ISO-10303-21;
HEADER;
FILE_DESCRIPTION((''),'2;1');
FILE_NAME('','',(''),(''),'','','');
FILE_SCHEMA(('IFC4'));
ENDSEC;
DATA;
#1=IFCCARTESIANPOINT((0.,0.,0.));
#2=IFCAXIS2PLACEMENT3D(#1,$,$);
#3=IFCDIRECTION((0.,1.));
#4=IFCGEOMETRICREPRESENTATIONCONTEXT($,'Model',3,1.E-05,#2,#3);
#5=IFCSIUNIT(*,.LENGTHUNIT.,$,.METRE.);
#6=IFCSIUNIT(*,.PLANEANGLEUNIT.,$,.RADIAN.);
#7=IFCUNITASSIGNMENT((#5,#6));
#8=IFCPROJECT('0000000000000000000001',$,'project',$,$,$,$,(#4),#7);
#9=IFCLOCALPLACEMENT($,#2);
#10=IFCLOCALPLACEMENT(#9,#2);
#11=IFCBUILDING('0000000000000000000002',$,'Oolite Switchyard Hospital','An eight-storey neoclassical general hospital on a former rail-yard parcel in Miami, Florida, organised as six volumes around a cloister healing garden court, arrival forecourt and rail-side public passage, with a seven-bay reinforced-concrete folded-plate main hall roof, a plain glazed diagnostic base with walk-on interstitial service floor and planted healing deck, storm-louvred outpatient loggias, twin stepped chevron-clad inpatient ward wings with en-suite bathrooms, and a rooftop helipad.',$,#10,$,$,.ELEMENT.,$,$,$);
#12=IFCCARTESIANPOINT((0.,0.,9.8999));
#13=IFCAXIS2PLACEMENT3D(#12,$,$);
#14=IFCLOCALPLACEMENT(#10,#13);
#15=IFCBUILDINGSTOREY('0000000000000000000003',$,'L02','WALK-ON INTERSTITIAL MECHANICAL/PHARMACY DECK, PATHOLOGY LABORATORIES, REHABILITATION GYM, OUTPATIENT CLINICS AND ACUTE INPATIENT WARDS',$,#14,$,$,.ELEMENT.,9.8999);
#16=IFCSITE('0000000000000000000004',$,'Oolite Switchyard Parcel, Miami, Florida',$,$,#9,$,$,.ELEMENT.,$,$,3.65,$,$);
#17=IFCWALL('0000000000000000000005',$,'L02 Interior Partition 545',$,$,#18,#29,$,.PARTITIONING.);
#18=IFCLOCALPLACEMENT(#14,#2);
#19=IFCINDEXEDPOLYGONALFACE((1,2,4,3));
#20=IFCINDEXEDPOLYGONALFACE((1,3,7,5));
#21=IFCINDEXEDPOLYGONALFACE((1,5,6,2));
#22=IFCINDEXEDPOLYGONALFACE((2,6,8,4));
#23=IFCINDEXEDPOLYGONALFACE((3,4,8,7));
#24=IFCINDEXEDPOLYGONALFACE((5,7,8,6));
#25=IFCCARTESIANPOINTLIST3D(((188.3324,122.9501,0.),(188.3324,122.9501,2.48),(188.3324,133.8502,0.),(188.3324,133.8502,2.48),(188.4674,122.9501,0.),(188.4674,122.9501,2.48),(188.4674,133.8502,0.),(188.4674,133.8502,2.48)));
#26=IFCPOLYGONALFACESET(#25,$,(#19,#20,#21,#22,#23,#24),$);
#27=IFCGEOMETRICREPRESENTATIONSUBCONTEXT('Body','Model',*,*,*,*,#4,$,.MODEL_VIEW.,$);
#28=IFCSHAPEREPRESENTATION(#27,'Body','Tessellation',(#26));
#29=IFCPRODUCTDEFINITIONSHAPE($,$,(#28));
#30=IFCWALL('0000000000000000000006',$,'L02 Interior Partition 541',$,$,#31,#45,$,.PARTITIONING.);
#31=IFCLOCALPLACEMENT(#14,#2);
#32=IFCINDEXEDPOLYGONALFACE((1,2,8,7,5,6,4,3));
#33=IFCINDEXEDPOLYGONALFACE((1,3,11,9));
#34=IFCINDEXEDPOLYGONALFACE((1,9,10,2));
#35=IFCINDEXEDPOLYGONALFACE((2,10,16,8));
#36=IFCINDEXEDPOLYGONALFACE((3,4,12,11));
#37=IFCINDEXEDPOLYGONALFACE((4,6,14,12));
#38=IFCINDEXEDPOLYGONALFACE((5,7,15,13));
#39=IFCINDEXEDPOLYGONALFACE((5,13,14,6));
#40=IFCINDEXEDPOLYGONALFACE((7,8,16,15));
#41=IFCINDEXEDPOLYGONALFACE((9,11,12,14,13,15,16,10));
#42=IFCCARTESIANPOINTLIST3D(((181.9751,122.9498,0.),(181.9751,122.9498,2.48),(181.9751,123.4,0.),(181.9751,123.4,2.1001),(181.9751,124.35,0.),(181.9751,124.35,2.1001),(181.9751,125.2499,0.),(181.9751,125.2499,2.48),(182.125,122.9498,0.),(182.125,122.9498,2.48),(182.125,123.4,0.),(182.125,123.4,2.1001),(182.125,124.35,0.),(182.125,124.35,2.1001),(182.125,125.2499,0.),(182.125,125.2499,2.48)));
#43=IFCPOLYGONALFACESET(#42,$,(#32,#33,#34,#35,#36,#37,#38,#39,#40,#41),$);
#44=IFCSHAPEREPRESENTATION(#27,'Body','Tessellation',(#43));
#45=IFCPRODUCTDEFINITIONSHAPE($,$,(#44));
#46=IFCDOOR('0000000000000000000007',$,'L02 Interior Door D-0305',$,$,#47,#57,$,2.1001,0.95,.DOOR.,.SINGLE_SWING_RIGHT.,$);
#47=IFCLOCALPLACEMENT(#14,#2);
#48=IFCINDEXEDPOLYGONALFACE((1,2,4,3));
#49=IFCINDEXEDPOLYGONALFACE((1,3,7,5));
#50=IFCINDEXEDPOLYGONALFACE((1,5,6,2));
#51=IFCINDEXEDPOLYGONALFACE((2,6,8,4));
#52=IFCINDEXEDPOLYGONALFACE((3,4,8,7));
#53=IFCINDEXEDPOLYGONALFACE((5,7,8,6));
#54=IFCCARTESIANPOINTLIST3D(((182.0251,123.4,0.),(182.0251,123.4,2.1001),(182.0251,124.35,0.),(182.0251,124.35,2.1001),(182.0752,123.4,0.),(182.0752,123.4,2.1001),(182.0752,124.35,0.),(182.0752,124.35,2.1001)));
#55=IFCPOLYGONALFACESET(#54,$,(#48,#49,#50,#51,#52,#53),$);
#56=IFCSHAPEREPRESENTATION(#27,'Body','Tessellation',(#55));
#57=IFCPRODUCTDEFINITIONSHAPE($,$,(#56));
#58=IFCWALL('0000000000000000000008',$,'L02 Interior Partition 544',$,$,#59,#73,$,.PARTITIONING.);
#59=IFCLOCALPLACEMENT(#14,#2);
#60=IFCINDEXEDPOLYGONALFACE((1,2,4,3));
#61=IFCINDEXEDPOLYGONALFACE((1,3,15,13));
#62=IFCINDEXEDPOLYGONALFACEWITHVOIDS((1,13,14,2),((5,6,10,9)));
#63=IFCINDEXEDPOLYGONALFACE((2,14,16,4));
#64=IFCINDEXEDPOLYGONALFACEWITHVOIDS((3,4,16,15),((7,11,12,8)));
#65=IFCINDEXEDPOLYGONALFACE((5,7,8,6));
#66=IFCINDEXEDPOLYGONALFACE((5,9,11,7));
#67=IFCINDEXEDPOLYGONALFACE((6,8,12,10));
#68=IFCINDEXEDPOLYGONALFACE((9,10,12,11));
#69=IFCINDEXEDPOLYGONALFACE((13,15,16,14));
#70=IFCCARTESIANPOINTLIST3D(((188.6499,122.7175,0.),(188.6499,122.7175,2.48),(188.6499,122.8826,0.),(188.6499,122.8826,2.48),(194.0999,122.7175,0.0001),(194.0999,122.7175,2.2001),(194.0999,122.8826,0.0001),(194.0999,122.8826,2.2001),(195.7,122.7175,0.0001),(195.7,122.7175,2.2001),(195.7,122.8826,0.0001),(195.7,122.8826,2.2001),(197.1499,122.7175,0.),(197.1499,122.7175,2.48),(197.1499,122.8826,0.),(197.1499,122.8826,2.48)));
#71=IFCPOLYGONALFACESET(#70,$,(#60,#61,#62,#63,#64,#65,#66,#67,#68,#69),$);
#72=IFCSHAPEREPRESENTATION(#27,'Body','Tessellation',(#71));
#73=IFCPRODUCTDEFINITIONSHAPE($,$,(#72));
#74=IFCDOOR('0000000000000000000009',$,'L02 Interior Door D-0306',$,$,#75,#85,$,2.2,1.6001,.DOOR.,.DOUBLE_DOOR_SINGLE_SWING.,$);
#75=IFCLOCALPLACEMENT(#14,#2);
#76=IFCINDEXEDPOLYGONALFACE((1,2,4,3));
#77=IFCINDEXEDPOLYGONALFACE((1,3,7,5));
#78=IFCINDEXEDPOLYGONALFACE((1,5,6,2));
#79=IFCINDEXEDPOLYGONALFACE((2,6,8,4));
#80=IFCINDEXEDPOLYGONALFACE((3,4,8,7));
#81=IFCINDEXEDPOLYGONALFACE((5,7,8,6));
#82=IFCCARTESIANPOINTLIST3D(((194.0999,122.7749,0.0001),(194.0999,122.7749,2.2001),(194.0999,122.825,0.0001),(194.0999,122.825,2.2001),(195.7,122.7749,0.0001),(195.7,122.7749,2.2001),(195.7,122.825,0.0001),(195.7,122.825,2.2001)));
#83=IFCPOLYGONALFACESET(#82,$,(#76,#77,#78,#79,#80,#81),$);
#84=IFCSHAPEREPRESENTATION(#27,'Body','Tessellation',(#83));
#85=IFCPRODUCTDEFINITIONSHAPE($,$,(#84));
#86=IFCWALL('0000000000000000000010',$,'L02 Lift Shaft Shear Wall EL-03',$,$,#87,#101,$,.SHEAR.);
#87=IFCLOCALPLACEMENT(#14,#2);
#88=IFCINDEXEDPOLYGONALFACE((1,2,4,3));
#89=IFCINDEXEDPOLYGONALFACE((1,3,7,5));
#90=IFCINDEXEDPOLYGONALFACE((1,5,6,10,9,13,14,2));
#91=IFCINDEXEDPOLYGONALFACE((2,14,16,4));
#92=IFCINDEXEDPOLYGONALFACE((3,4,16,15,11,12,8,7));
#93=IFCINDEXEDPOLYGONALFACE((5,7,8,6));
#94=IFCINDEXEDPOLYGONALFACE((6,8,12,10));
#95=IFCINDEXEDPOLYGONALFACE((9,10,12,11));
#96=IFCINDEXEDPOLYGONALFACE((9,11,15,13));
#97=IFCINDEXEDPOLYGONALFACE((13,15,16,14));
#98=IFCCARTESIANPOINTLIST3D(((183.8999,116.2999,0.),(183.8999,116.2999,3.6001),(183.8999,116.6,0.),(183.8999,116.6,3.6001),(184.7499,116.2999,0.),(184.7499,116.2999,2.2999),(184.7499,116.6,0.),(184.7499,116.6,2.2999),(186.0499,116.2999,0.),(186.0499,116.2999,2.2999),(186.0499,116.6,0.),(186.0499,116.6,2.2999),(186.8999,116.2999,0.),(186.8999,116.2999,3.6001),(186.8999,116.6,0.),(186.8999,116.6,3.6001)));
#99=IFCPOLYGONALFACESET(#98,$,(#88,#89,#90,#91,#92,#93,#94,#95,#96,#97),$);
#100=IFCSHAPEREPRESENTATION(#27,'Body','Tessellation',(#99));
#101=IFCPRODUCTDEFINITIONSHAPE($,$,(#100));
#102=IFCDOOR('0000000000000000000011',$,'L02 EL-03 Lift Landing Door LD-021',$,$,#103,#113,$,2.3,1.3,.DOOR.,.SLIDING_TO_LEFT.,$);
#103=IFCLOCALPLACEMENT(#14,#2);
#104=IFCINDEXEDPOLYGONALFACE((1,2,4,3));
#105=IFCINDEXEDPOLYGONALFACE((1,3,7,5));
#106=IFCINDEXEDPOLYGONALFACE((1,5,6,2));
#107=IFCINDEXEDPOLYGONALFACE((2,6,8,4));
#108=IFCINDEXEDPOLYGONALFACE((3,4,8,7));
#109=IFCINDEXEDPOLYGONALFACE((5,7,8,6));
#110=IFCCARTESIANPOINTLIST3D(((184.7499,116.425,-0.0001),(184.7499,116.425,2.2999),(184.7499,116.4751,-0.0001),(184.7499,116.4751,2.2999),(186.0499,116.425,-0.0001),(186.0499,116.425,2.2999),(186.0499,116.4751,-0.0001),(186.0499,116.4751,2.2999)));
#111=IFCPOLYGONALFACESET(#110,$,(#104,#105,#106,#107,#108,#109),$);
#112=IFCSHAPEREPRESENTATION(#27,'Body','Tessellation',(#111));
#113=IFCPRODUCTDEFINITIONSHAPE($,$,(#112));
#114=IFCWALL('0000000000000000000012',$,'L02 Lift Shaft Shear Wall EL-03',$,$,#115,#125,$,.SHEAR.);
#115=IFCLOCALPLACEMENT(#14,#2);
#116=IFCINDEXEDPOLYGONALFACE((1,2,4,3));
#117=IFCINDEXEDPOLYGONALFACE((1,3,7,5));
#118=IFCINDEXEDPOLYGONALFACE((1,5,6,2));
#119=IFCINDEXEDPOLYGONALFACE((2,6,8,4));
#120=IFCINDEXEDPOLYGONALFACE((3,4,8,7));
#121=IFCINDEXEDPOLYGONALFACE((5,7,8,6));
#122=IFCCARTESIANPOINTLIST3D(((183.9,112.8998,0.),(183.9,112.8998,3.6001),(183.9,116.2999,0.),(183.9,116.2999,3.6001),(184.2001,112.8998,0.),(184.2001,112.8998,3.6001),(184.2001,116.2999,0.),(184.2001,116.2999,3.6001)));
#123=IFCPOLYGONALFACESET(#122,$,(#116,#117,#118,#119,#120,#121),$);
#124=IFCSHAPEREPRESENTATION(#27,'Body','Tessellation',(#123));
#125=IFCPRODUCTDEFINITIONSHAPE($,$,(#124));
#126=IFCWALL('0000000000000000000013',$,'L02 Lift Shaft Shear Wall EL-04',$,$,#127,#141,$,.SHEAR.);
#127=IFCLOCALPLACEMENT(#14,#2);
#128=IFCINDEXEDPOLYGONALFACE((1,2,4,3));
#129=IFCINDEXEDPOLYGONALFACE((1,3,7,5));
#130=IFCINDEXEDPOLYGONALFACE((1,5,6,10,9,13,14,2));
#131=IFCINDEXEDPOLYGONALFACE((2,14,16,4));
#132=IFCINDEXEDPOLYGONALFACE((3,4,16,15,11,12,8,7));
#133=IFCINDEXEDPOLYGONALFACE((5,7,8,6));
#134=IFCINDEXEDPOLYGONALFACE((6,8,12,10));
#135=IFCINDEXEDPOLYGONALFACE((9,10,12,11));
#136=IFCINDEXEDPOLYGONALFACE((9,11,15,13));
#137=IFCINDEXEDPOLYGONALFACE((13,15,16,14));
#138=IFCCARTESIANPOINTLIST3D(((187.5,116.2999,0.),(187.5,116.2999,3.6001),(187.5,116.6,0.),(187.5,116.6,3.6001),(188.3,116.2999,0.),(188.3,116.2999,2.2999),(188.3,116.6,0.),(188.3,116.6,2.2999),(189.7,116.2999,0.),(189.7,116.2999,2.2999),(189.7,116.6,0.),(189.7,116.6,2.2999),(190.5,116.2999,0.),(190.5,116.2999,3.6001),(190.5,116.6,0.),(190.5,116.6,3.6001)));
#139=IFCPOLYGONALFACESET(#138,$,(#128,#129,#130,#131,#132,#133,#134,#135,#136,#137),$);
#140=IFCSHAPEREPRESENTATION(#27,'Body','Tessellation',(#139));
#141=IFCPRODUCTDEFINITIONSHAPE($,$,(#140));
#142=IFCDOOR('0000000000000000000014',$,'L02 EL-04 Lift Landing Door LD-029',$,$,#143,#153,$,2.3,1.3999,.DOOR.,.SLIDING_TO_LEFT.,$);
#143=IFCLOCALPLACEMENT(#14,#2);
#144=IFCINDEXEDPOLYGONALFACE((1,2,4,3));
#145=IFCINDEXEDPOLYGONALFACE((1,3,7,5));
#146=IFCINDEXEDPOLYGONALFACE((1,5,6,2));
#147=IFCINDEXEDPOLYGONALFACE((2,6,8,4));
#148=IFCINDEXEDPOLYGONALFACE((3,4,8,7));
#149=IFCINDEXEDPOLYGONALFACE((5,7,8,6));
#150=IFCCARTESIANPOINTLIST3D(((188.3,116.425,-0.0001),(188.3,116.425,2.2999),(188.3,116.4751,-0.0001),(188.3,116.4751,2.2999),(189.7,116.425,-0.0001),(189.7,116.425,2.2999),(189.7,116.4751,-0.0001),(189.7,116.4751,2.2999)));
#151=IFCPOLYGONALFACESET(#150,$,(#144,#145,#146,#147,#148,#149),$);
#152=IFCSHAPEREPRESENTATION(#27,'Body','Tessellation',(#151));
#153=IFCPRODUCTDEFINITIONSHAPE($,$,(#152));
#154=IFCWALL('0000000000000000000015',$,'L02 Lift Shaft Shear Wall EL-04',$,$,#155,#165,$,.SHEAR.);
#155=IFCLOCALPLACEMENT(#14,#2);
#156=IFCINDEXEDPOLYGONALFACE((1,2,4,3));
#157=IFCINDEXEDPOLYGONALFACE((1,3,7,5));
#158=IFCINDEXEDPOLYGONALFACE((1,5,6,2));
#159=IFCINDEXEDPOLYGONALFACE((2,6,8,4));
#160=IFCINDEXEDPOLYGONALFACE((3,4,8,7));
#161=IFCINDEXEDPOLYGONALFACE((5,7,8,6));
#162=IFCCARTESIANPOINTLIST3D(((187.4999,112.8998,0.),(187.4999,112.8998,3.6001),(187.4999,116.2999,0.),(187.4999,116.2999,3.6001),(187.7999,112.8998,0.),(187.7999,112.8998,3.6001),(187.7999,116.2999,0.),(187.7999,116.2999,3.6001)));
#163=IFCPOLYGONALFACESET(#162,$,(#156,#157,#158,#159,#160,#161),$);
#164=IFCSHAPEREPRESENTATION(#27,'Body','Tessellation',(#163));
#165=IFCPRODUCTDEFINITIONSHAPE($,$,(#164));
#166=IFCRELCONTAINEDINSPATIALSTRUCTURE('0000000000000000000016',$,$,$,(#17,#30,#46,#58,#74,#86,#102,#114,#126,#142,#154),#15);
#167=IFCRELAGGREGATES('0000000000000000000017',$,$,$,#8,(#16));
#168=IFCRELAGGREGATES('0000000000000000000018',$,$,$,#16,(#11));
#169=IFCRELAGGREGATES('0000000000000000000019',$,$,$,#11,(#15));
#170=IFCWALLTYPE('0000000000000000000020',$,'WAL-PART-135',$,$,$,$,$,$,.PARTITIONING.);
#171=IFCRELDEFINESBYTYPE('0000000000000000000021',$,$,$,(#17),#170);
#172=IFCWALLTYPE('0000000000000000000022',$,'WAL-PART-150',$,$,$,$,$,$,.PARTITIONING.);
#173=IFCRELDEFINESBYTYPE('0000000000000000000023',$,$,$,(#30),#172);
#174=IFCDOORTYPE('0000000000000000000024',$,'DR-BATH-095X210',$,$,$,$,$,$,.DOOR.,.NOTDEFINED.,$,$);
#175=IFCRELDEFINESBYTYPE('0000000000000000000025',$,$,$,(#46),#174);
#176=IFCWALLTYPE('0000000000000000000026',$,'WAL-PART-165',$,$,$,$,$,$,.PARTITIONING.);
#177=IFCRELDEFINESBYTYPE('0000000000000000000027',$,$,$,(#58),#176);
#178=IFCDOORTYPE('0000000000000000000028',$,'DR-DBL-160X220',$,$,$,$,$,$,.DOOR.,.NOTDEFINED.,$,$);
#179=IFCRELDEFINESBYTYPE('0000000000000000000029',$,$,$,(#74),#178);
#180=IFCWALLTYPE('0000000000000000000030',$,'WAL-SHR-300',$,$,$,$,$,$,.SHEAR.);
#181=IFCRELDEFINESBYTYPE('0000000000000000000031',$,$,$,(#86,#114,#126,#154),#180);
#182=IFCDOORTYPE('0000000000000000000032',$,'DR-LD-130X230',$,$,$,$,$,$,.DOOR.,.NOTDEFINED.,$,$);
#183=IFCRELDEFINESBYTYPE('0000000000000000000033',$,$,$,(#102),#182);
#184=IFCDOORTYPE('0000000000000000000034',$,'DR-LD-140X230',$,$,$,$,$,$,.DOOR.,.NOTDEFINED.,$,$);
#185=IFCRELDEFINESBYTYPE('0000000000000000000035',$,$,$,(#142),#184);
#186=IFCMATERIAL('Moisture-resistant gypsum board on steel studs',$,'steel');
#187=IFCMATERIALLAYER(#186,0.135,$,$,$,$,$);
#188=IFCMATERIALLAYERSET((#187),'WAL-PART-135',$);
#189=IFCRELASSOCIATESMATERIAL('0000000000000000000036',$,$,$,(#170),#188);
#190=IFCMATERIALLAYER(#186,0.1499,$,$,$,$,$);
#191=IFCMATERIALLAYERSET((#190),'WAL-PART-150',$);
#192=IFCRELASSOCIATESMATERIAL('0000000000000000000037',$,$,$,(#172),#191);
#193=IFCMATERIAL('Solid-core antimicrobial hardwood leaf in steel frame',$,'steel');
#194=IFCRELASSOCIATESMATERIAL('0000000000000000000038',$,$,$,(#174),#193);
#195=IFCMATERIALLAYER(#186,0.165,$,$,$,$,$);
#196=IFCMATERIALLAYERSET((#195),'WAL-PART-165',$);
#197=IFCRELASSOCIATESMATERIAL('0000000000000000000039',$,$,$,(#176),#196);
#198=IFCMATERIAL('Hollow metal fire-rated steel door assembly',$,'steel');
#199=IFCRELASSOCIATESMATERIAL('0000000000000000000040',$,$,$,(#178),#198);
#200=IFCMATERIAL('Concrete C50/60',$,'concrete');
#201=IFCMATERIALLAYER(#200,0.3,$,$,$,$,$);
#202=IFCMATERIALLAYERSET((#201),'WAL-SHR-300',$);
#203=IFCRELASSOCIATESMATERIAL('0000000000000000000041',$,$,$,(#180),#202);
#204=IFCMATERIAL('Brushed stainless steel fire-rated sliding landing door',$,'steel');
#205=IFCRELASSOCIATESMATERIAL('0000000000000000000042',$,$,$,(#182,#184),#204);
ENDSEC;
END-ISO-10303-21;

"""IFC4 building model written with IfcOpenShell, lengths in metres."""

from ifc_helpers import new_model, si_unit, direction, frame, frame_2d, origin, place, context, subcontext, project, spatial, rectangle, extrude, material, layer, layer_set, type_object, element, fill, save


model = new_model("IFC4")

# Units and contexts
model_context = context("Model", 3, precision=1e-05, world=origin(), true_north=direction((0.0, 1.0)))
body_context = subcontext(model_context, "Body", "Model", "MODEL_VIEW")
ifc_project = project(units=[si_unit("LENGTHUNIT", "METRE"), si_unit("PLANEANGLEUNIT", "RADIAN")], contexts=[model_context])

# Site, building, storey
site_placement = place(None, origin())
site = spatial("IfcSite", under=ifc_project, at=site_placement, Name="Oolite Switchyard Parcel, Miami, Florida", CompositionType="ELEMENT", RefElevation=3.65)
building_placement = place(site_placement, origin())
building = spatial("IfcBuilding", under=site, at=building_placement, Name="Oolite Switchyard Hospital", Description="An eight-storey neoclassical general hospital on a former rail-yard parcel in Miami, Florida, organised as six volumes around a cloister healing garden court, arrival forecourt and rail-side public passage, with a seven-bay reinforced-concrete folded-plate main hall roof, a plain glazed diagnostic base with walk-on interstitial service floor and planted healing deck, storm-louvred outpatient loggias, twin stepped chevron-clad inpatient ward wings with en-suite bathrooms, and a rooftop helipad.", CompositionType="ELEMENT")
storey_placement = place(building_placement, frame((0.0, 0.0, 9.8999)))
storey = spatial("IfcBuildingStorey", under=building, at=storey_placement, Name="L02", Description="WALK-ON INTERSTITIAL MECHANICAL/PHARMACY DECK, PATHOLOGY LABORATORIES, REHABILITATION GYM, OUTPATIENT CLINICS AND ACUTE INPATIENT WARDS", CompositionType="ELEMENT", Elevation=9.8999)

# Shared definitions
ifc_material_1 = material(Name="Concrete C50/60", Category="concrete")

# Wall
ifc_material_2 = material(Name="Moisture-resistant gypsum board on steel studs", Category="steel")
ifc_layer_1 = layer(ifc_material_2, 0.135)
ifc_layer_set_1 = layer_set([ifc_layer_1], Name="WAL-PART-135")
wall_type_1 = type_object("IfcWallType", Name="WAL-PART-135", PredefinedType="PARTITIONING", material=ifc_layer_set_1)
wall_1_placement = place(storey_placement, frame((188.3999, 122.95, 0.0), z_axis=(0.0, 0.0, 1.0), x_axis=(0.0, 1.0, 0.0)))
element("IfcWall", 1, at=wall_1_placement, inside=storey, type_object=wall_type_1, Name="L02 Interior Partition 545", PredefinedType="PARTITIONING", context=body_context, shape_type="SweptSolid", body=[
    extrude(rectangle(XDim=10.9001, YDim=0.135, at=frame_2d((5.4502, 0.0))), origin(), (0.0, 0.0, 1.0), 2.48),
])

# Walls, openings, doors
ifc_layer_2 = layer(ifc_material_2, 0.1499)
ifc_layer_set_2 = layer_set([ifc_layer_2], Name="WAL-PART-150")
wall_type_2 = type_object("IfcWallType", Name="WAL-PART-150", PredefinedType="PARTITIONING", material=ifc_layer_set_2)
wall_2_placement = place(storey_placement, frame((182.05, 122.95, 0.0), z_axis=(0.0, 0.0, 1.0), x_axis=(0.0, 1.0, 0.0)))
wall_2 = element("IfcWall", 2, at=wall_2_placement, inside=storey, type_object=wall_type_2, Name="L02 Interior Partition 541", PredefinedType="PARTITIONING", context=body_context, shape_type="SweptSolid", body=[
    extrude(rectangle(XDim=2.3, YDim=0.1499, at=frame_2d((1.1499, 0.0))), origin(), (0.0, 0.0, 1.0), 2.48),
])
opening_1_placement = place(wall_2_placement, frame((0.45, 0.0, 0.0)))
opening_1 = element("IfcOpeningElement", 3, at=opening_1_placement, cuts=wall_2, PredefinedType="OPENING", context=body_context, shape_type="SweptSolid", body=[
    extrude(rectangle(XDim=0.95, YDim=2.1001, at=frame_2d((0.4751, 1.05))), frame((0.0, 0.085, 0.0), z_axis=(0.0, -1.0, 0.0), x_axis=(1.0, 0.0, 0.0)), (0.0, 0.0, 1.0), 0.1699),
])
ifc_material_3 = material(Name="Solid-core antimicrobial hardwood leaf in steel frame", Category="steel")
door_type_1 = type_object("IfcDoorType", Name="DR-BATH-095X210", OperationType="NOTDEFINED", PredefinedType="DOOR", material=ifc_material_3)
door_1_placement = place(opening_1_placement, origin())
door_1 = element("IfcDoor", 4, at=door_1_placement, inside=storey, type_object=door_type_1, Name="L02 Interior Door D-0305", OperationType="SINGLE_SWING_RIGHT", OverallHeight=2.1001, OverallWidth=0.95, PredefinedType="DOOR", context=body_context, shape_type="SweptSolid", body=[
    extrude(rectangle(XDim=0.95, YDim=2.1001, at=frame_2d((0.4751, 1.05))), frame((0.0, 0.0249, 0.0), z_axis=(0.0, -1.0, 0.0), x_axis=(1.0, 0.0, 0.0)), (0.0, 0.0, 1.0), 0.05),
])
fill(opening_1, door_1)
ifc_layer_3 = layer(ifc_material_2, 0.165)
ifc_layer_set_3 = layer_set([ifc_layer_3], Name="WAL-PART-165")
wall_type_3 = type_object("IfcWallType", Name="WAL-PART-165", PredefinedType="PARTITIONING", material=ifc_layer_set_3)
wall_3_placement = place(storey_placement, frame((188.6499, 122.8, 0.0), z_axis=(0.0, 0.0, 1.0), x_axis=(1.0, 0.0, 0.0)))
wall_3 = element("IfcWall", 5, at=wall_3_placement, inside=storey, type_object=wall_type_3, Name="L02 Interior Partition 544", PredefinedType="PARTITIONING", context=body_context, shape_type="SweptSolid", body=[
    extrude(rectangle(XDim=8.5, YDim=0.165, at=frame_2d((4.25, 0.0))), origin(), (0.0, 0.0, 1.0), 2.48),
])
opening_2_placement = place(wall_3_placement, frame((5.45, 0.0, 0.0)))
opening_2 = element("IfcOpeningElement", 6, at=opening_2_placement, cuts=wall_3, PredefinedType="OPENING", context=body_context, shape_type="SweptSolid", body=[
    extrude(rectangle(XDim=1.6001, YDim=2.2, at=frame_2d((0.8, 1.1001))), frame((0.0, 0.0925, 0.0), z_axis=(0.0, -1.0, 0.0), x_axis=(1.0, 0.0, 0.0)), (0.0, 0.0, 1.0), 0.1851),
])
ifc_material_4 = material(Name="Hollow metal fire-rated steel door assembly", Category="steel")
door_type_2 = type_object("IfcDoorType", Name="DR-DBL-160X220", OperationType="NOTDEFINED", PredefinedType="DOOR", material=ifc_material_4)
door_2_placement = place(opening_2_placement, origin())
door_2 = element("IfcDoor", 7, at=door_2_placement, inside=storey, type_object=door_type_2, Name="L02 Interior Door D-0306", OperationType="DOUBLE_DOOR_SINGLE_SWING", OverallHeight=2.2, OverallWidth=1.6001, PredefinedType="DOOR", context=body_context, shape_type="SweptSolid", body=[
    extrude(rectangle(XDim=1.6001, YDim=2.2, at=frame_2d((0.8, 1.1001))), frame((0.0, 0.0249, 0.0), z_axis=(0.0, -1.0, 0.0), x_axis=(1.0, 0.0, 0.0)), (0.0, 0.0, 1.0), 0.05),
])
fill(opening_2, door_2)
ifc_layer_4 = layer(ifc_material_1, 0.3)
ifc_layer_set_4 = layer_set([ifc_layer_4], Name="WAL-SHR-300")
wall_type_4 = type_object("IfcWallType", Name="WAL-SHR-300", PredefinedType="SHEAR", material=ifc_layer_set_4)
wall_4_placement = place(storey_placement, frame((186.8999, 116.45, 0.0), z_axis=(0.0, 0.0, 1.0), x_axis=(-1.0, 0.0, 0.0)))
wall_4 = element("IfcWall", 8, at=wall_4_placement, inside=storey, type_object=wall_type_4, Name="L02 Lift Shaft Shear Wall EL-03", PredefinedType="SHEAR", context=body_context, shape_type="SweptSolid", body=[
    extrude(rectangle(XDim=3.0, YDim=0.3, at=frame_2d((1.5, 0.0))), origin(), (0.0, 0.0, 1.0), 3.6001),
])
opening_3_placement = place(wall_4_placement, frame((0.8501, 0.0, 0.0)))
opening_3 = element("IfcOpeningElement", 9, at=opening_3_placement, cuts=wall_4, PredefinedType="OPENING", context=body_context, shape_type="SweptSolid", body=[
    extrude(rectangle(XDim=1.3, YDim=2.3, at=frame_2d((0.6499, 1.1499))), frame((0.0, 0.1602, 0.0), z_axis=(0.0, -1.0, 0.0), x_axis=(1.0, 0.0, 0.0)), (0.0, 0.0, 1.0), 0.3201),
])
ifc_material_5 = material(Name="Brushed stainless steel fire-rated sliding landing door", Category="steel")
door_type_3 = type_object("IfcDoorType", Name="DR-LD-130X230", OperationType="NOTDEFINED", PredefinedType="DOOR", material=ifc_material_5)
door_3_placement = place(opening_3_placement, origin())
door_3 = element("IfcDoor", 10, at=door_3_placement, inside=storey, type_object=door_type_3, Name="L02 EL-03 Lift Landing Door LD-021", OperationType="SLIDING_TO_LEFT", OverallHeight=2.3, OverallWidth=1.3, PredefinedType="DOOR", context=body_context, shape_type="SweptSolid", body=[
    extrude(rectangle(XDim=1.3, YDim=2.3, at=frame_2d((0.6499, 1.1499))), frame((0.0, 0.0249, 0.0), z_axis=(0.0, -1.0, 0.0), x_axis=(1.0, 0.0, 0.0)), (0.0, 0.0, 1.0), 0.05),
])
fill(opening_3, door_3)

# Wall
wall_5_placement = place(storey_placement, frame((184.05, 116.3, 0.0), z_axis=(0.0, 0.0, 1.0), x_axis=(0.0, -1.0, 0.0)))
element("IfcWall", 11, at=wall_5_placement, inside=storey, type_object=wall_type_4, Name="L02 Lift Shaft Shear Wall EL-03", PredefinedType="SHEAR", context=body_context, shape_type="SweptSolid", body=[
    extrude(rectangle(XDim=3.4001, YDim=0.3, at=frame_2d((1.7002, 0.0))), origin(), (0.0, 0.0, 1.0), 3.6001),
])

# Wall, opening, door
wall_6_placement = place(storey_placement, frame((190.5, 116.45, 0.0), z_axis=(0.0, 0.0, 1.0), x_axis=(-1.0, 0.0, 0.0)))
wall_6 = element("IfcWall", 12, at=wall_6_placement, inside=storey, type_object=wall_type_4, Name="L02 Lift Shaft Shear Wall EL-04", PredefinedType="SHEAR", context=body_context, shape_type="SweptSolid", body=[
    extrude(rectangle(XDim=3.0, YDim=0.3, at=frame_2d((1.5, 0.0))), origin(), (0.0, 0.0, 1.0), 3.6001),
])
opening_4_placement = place(wall_6_placement, frame((0.8, 0.0, 0.0)))
opening_4 = element("IfcOpeningElement", 13, at=opening_4_placement, cuts=wall_6, PredefinedType="OPENING", context=body_context, shape_type="SweptSolid", body=[
    extrude(rectangle(XDim=1.3999, YDim=2.3, at=frame_2d((0.7, 1.1499))), frame((0.0, 0.1602, 0.0), z_axis=(0.0, -1.0, 0.0), x_axis=(1.0, 0.0, 0.0)), (0.0, 0.0, 1.0), 0.3201),
])
door_type_4 = type_object("IfcDoorType", Name="DR-LD-140X230", OperationType="NOTDEFINED", PredefinedType="DOOR", material=ifc_material_5)
door_4_placement = place(opening_4_placement, origin())
door_4 = element("IfcDoor", 14, at=door_4_placement, inside=storey, type_object=door_type_4, Name="L02 EL-04 Lift Landing Door LD-029", OperationType="SLIDING_TO_LEFT", OverallHeight=2.3, OverallWidth=1.3999, PredefinedType="DOOR", context=body_context, shape_type="SweptSolid", body=[
    extrude(rectangle(XDim=1.3999, YDim=2.3, at=frame_2d((0.7, 1.1499))), frame((0.0, 0.0249, 0.0), z_axis=(0.0, -1.0, 0.0), x_axis=(1.0, 0.0, 0.0)), (0.0, 0.0, 1.0), 0.05),
])
fill(opening_4, door_4)

# Wall
wall_7_placement = place(storey_placement, frame((187.6499, 116.3, 0.0), z_axis=(0.0, 0.0, 1.0), x_axis=(0.0, -1.0, 0.0)))
element("IfcWall", 15, at=wall_7_placement, inside=storey, type_object=wall_type_4, Name="L02 Lift Shaft Shear Wall EL-04", PredefinedType="SHEAR", context=body_context, shape_type="SweptSolid", body=[
    extrude(rectangle(XDim=3.4001, YDim=0.3, at=frame_2d((1.7002, 0.0))), origin(), (0.0, 0.0, 1.0), 3.6001),
])

save(model, "model.ifc")
